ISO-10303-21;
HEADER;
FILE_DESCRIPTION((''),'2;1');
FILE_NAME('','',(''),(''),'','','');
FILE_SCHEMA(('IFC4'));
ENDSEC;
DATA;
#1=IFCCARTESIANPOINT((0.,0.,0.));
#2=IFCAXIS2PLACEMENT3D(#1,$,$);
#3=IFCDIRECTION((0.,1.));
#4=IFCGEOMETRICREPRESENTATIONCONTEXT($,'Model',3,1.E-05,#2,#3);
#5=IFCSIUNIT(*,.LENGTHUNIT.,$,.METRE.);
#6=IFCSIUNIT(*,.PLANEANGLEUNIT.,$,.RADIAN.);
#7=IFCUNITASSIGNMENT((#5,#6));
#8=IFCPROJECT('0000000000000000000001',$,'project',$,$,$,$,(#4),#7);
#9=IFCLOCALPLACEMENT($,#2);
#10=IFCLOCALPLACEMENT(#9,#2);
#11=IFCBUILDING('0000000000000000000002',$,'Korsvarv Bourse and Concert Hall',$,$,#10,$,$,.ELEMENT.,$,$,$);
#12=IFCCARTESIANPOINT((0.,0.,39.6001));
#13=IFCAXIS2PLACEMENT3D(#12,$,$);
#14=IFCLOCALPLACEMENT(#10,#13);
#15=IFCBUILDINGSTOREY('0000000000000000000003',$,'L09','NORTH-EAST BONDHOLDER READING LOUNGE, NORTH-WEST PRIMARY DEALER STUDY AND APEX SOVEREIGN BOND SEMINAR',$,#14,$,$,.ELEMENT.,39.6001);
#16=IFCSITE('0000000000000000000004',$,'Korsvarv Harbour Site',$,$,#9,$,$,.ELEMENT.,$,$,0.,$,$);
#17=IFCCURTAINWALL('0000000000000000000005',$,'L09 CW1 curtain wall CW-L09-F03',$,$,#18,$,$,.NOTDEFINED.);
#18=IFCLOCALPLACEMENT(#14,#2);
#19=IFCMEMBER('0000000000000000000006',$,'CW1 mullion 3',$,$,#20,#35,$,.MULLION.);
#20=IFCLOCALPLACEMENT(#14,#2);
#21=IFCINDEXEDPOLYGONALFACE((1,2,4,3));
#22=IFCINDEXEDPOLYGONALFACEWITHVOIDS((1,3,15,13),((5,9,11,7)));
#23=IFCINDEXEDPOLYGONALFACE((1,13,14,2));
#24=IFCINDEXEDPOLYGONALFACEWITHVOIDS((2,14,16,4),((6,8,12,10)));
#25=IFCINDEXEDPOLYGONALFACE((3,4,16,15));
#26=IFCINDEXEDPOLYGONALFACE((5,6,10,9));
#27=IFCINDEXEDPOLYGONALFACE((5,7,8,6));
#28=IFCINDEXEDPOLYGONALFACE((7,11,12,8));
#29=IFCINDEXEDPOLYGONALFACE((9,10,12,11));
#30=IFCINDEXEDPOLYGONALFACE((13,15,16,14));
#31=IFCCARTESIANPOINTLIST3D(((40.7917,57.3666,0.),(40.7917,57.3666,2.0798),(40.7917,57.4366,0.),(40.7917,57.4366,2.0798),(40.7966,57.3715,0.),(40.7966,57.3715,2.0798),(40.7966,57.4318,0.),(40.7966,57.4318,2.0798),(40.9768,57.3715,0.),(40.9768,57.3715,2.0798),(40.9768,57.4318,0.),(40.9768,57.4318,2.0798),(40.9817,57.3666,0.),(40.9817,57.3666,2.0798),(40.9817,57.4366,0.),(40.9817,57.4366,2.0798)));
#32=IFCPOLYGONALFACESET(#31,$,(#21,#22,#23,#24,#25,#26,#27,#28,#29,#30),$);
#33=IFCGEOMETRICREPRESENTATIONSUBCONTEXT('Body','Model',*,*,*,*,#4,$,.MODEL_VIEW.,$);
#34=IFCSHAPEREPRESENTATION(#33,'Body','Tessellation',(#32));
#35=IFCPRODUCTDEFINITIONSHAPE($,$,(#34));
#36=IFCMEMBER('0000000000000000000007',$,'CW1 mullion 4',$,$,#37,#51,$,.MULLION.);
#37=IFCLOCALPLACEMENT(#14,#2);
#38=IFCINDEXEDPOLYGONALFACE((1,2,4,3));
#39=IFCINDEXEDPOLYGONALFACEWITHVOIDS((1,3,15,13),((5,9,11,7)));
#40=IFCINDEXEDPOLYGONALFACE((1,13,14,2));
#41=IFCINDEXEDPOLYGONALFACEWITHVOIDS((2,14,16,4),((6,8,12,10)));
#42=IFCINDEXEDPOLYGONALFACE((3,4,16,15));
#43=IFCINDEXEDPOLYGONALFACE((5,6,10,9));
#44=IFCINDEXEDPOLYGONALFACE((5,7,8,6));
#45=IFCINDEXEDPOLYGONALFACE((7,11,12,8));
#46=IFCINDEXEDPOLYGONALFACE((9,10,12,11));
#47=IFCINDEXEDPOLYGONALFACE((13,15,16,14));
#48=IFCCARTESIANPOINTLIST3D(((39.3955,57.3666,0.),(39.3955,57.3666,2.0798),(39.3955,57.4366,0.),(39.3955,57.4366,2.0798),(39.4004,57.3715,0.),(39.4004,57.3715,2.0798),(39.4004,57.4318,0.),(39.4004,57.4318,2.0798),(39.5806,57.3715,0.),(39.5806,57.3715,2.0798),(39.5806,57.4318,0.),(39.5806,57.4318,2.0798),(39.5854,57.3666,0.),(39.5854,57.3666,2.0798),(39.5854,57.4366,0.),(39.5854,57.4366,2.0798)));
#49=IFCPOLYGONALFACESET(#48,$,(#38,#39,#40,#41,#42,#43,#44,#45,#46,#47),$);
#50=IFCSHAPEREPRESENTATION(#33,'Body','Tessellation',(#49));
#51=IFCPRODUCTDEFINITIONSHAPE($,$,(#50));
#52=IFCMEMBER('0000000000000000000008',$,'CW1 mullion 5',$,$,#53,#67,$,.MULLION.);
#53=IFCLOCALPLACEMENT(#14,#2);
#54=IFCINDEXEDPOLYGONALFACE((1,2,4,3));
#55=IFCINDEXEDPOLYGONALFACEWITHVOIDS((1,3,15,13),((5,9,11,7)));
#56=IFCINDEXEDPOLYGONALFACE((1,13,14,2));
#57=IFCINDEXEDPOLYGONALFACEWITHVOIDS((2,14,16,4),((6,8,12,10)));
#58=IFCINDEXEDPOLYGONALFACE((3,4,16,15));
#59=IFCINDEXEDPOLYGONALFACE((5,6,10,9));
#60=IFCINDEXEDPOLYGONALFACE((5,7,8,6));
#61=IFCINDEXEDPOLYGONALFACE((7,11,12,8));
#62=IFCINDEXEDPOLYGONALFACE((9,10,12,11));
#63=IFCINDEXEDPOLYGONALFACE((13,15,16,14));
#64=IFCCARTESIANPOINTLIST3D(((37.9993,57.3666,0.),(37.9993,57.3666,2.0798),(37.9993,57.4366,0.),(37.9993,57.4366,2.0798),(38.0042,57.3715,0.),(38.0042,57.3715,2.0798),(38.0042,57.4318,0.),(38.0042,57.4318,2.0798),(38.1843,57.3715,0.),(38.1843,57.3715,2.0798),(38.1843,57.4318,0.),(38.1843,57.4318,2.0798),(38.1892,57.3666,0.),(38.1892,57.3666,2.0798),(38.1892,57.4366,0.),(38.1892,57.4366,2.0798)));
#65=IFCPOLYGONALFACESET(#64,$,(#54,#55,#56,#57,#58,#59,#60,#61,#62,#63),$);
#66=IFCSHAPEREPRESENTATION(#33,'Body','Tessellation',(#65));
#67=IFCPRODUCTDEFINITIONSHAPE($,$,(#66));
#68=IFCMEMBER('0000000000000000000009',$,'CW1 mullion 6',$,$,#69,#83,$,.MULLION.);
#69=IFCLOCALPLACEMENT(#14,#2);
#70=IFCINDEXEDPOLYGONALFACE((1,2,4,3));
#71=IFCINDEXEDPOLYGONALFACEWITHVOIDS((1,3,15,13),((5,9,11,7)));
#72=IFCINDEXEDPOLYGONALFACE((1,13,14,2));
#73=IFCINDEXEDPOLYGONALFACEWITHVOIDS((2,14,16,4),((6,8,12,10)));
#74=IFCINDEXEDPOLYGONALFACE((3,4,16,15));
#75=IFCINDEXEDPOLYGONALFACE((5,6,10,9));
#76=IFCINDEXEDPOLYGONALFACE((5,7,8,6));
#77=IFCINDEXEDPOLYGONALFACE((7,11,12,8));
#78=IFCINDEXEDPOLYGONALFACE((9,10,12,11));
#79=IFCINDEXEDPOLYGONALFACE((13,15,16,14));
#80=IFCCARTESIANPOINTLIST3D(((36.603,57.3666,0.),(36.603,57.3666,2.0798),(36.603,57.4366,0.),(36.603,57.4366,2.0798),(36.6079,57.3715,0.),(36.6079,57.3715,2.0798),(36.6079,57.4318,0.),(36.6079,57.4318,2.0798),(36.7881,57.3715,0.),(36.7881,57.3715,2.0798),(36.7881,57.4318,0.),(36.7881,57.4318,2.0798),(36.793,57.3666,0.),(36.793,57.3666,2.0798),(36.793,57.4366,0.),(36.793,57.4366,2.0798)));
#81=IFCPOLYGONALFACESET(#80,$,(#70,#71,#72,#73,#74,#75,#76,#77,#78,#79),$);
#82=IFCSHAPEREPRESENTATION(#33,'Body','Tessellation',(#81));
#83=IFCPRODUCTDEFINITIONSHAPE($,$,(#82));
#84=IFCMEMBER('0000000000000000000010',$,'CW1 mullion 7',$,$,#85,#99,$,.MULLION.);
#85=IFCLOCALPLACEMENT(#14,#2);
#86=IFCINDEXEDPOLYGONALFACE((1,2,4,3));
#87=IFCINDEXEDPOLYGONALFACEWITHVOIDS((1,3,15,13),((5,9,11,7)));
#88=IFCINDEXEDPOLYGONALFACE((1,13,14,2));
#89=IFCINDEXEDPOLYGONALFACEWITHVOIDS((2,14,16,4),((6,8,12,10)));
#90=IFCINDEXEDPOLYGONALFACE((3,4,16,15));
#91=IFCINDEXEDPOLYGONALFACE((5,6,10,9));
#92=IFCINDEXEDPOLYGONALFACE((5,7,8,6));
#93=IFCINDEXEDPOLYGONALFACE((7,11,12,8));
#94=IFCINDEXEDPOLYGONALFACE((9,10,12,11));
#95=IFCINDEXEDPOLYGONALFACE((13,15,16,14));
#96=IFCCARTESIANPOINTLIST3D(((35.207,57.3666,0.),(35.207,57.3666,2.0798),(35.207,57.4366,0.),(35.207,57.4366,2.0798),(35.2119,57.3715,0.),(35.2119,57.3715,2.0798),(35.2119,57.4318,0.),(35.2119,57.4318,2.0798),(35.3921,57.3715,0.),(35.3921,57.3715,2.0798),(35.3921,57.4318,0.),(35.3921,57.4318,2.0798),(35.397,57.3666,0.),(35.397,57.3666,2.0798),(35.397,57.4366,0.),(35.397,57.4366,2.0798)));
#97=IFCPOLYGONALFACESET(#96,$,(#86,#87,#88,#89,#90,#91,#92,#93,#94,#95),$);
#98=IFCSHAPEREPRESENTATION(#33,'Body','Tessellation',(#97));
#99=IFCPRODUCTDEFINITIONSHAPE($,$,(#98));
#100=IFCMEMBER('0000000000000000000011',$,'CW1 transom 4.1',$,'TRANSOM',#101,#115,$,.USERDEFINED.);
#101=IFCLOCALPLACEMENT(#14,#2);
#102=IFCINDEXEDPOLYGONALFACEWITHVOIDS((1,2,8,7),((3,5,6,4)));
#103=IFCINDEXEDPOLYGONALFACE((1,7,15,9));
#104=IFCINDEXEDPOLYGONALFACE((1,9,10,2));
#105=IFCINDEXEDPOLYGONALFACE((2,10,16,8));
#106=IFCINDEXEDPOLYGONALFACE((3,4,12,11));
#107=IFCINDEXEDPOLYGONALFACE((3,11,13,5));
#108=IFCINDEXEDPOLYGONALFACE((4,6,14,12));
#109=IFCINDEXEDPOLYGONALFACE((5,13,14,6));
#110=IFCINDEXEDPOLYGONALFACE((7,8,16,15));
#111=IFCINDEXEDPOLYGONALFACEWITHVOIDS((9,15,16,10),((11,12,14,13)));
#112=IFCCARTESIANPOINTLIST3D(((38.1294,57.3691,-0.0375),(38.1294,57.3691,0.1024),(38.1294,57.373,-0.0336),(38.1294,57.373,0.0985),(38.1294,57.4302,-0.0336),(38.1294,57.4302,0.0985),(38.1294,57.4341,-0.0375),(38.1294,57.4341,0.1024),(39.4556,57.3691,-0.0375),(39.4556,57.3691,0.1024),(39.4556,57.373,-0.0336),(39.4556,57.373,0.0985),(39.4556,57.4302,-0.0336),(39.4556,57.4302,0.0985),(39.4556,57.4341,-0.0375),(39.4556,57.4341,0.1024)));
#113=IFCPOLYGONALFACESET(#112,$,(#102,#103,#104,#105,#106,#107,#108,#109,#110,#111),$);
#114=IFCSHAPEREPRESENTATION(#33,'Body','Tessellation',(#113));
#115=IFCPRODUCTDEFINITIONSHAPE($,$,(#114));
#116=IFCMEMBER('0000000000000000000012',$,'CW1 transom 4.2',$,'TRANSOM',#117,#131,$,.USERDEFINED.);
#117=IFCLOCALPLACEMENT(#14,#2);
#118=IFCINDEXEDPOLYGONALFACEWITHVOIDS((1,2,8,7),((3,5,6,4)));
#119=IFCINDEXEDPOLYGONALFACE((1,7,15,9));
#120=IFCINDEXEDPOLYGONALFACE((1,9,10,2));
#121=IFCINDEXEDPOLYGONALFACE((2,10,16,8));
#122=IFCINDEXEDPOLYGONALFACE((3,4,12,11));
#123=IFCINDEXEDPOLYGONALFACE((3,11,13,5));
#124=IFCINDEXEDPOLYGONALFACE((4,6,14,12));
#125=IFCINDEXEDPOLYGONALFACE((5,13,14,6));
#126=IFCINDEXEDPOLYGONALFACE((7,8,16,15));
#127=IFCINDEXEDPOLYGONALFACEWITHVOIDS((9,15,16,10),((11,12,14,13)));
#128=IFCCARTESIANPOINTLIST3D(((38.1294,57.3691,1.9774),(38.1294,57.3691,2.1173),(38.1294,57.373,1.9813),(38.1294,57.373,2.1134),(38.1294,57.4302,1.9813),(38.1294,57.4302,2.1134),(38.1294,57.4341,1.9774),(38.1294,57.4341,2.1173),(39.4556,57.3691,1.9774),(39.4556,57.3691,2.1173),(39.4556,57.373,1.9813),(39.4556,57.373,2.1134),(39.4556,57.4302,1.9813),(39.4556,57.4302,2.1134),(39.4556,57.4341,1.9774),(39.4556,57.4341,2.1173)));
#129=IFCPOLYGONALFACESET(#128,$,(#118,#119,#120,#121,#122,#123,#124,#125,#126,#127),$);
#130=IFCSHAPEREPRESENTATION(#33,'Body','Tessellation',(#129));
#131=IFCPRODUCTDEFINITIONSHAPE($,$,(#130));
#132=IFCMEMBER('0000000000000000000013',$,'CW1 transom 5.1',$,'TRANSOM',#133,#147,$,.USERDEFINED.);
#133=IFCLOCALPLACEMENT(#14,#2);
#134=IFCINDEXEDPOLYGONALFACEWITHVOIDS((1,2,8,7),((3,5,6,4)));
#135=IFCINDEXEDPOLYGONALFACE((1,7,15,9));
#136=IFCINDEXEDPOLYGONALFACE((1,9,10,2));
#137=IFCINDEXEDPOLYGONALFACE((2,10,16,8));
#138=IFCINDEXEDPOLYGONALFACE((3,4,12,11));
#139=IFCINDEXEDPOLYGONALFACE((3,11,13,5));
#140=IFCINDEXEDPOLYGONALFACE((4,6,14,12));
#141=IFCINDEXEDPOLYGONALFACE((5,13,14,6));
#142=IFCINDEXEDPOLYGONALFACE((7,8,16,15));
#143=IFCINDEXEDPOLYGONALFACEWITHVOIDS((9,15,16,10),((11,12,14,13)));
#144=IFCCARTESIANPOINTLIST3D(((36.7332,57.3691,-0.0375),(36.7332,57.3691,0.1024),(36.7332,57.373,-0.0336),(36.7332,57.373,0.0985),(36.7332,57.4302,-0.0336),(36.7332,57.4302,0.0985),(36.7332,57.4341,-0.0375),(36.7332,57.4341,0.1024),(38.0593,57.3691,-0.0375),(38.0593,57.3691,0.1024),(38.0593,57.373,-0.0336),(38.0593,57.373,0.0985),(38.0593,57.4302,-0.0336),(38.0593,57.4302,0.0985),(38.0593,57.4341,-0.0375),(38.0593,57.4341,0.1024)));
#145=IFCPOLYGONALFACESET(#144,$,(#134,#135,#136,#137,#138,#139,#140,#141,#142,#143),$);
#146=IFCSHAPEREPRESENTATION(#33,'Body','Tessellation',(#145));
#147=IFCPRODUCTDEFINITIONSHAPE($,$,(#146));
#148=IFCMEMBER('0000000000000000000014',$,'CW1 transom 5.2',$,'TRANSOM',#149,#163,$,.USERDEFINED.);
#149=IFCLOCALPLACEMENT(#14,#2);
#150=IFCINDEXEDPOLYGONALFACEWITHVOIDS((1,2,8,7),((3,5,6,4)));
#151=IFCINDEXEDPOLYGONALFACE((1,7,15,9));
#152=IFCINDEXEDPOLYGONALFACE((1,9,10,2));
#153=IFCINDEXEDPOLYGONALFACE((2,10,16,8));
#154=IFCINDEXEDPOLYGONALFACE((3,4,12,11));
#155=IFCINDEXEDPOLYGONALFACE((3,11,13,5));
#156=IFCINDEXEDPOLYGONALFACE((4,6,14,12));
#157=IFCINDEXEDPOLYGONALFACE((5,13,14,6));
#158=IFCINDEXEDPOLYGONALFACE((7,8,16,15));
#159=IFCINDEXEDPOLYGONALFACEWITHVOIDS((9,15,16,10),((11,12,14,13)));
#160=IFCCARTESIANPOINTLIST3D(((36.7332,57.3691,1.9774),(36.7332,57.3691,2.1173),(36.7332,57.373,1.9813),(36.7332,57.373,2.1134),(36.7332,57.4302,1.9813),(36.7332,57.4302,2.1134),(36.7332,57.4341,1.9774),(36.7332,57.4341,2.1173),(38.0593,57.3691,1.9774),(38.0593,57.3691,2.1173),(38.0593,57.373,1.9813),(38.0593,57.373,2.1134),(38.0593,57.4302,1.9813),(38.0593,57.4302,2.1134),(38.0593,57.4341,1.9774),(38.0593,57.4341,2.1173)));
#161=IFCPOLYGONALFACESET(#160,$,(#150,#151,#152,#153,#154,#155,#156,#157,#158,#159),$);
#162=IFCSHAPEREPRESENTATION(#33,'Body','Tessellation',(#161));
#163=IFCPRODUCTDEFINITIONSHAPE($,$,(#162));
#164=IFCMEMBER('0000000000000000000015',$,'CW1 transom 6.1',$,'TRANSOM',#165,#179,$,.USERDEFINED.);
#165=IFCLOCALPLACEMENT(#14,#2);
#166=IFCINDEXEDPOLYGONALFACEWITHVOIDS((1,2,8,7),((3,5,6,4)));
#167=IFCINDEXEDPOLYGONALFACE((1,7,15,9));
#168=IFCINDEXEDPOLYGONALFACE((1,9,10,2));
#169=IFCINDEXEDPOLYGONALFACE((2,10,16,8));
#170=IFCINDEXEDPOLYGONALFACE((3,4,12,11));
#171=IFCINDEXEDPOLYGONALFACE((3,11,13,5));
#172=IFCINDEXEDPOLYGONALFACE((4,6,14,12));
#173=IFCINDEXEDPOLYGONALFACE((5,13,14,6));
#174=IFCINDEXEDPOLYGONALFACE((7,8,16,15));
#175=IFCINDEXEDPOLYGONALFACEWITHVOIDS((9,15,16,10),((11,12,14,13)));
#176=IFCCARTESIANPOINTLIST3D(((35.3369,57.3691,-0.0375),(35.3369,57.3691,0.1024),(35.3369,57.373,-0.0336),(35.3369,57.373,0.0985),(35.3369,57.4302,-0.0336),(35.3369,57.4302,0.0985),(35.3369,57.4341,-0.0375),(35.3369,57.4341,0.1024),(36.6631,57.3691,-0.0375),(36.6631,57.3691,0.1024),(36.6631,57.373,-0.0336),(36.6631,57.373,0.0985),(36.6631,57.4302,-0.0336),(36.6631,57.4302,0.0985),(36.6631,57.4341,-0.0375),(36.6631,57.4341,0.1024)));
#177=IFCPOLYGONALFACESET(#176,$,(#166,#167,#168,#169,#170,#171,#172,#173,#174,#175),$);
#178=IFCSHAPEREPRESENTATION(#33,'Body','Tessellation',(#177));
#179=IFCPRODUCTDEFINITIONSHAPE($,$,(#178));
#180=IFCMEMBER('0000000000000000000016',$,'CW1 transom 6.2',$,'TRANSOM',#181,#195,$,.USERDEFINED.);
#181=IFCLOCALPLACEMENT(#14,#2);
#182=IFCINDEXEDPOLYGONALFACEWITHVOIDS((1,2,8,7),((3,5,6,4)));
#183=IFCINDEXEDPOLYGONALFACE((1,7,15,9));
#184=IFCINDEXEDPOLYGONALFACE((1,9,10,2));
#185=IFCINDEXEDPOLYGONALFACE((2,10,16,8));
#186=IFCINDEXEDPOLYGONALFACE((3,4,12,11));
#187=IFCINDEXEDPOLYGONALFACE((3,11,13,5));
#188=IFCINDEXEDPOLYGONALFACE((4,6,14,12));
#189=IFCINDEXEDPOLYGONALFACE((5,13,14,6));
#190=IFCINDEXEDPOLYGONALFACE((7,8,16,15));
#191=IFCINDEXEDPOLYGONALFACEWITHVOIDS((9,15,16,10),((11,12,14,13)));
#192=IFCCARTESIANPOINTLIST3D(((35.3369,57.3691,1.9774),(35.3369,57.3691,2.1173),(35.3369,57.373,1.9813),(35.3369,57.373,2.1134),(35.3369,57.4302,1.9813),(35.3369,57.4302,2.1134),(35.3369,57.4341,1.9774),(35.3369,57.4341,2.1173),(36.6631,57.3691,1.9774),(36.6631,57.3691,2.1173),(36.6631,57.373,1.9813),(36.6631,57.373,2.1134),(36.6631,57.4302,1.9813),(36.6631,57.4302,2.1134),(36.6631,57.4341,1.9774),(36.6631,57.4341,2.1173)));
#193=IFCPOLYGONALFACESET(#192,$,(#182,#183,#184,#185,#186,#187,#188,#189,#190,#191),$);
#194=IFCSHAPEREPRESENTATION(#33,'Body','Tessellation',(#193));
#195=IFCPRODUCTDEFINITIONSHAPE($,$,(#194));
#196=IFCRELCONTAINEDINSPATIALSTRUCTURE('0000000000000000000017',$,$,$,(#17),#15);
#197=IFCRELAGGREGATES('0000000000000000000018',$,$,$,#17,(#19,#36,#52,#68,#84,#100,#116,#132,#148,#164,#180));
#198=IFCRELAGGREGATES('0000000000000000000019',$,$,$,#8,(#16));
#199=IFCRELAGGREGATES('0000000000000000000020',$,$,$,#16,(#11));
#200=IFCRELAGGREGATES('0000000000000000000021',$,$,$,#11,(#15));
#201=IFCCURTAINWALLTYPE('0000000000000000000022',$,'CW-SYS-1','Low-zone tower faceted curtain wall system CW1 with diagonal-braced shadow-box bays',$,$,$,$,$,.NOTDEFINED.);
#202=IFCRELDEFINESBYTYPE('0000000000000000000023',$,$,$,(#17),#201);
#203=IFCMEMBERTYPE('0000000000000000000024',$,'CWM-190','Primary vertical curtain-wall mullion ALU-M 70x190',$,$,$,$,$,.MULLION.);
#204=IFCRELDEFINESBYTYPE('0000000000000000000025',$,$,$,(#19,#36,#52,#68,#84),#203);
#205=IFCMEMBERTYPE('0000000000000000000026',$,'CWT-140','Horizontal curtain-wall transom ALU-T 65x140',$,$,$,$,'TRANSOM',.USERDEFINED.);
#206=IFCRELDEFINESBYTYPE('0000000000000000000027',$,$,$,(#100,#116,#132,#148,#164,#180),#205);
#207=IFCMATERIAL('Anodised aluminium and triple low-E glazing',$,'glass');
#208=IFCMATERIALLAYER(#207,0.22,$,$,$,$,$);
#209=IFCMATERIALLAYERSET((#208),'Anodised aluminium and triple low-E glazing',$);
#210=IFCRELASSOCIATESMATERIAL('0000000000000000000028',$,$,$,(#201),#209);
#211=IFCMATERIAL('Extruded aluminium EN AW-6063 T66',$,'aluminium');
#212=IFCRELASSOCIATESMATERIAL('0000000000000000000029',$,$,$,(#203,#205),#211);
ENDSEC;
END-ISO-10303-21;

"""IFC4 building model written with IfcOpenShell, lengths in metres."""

from ifc_helpers import new_model, si_unit, direction, frame, origin, origin_2d, place, context, subcontext, project, spatial, hollow_rectangle, extrude, source, transform, mapped, material, layer, layer_set, material_profile, profile_set, type_object, element, aggregate, save


model = new_model("IFC4")

# Units and contexts
model_context = context("Model", 3, precision=1e-05, world=origin(), true_north=direction((0.0, 1.0)))
body_context = subcontext(model_context, "Body", "Model", "MODEL_VIEW")
ifc_project = project(units=[si_unit("LENGTHUNIT", "METRE"), si_unit("PLANEANGLEUNIT", "RADIAN")], contexts=[model_context])

# Site, building, storey
site_placement = place(None, origin())
site = spatial("IfcSite", under=ifc_project, at=site_placement, Name="Korsvarv Harbour Site", CompositionType="ELEMENT", RefElevation=0.0)
building_placement = place(site_placement, origin())
building = spatial("IfcBuilding", under=site, at=building_placement, Name="Korsvarv Bourse and Concert Hall", CompositionType="ELEMENT")
storey_placement = place(building_placement, frame((0.0, 0.0, 39.6001)))
storey = spatial("IfcBuildingStorey", under=building, at=storey_placement, Name="L09", Description="NORTH-EAST BONDHOLDER READING LOUNGE, NORTH-WEST PRIMARY DEALER STUDY AND APEX SOVEREIGN BOND SEMINAR", CompositionType="ELEMENT", Elevation=39.6001)

# Curtain wall, members
ifc_material_1 = material(Name="Anodised aluminium and triple low-E glazing", Category="glass")
ifc_layer_1 = layer(ifc_material_1, 0.22)
ifc_layer_set_1 = layer_set([ifc_layer_1], Name="Anodised aluminium and triple low-E glazing")
curtain_wall_type = type_object("IfcCurtainWallType", Name="CW-SYS-1", Description="Low-zone tower faceted curtain wall system CW1 with diagonal-braced shadow-box bays", PredefinedType="NOTDEFINED", material=ifc_layer_set_1)
curtain_wall_placement = place(storey_placement, origin())
curtain_wall = element("IfcCurtainWall", 1, at=curtain_wall_placement, inside=storey, type_object=curtain_wall_type, Name="L09 CW1 curtain wall CW-L09-F03", PredefinedType="NOTDEFINED")
ifc_material_2 = material(Name="Extruded aluminium EN AW-6063 T66", Category="aluminium")
ifc_material_profile_1 = material_profile(ifc_material_2, hollow_rectangle(XDim=0.0701, YDim=0.1899, WallThickness=0.0049, at=origin_2d()), Name="ALU-M 70x190")
ifc_profile_set_1 = profile_set([ifc_material_profile_1], Name="Extruded aluminium EN AW-6063 T66")
member_type_1 = type_object("IfcMemberType", Name="CWM-190", Description="Primary vertical curtain-wall mullion ALU-M 70x190", PredefinedType="MULLION", material=ifc_profile_set_1)
shared_shape_1 = source(origin(), body_context, "Body", "SweptSolid", [
    extrude(hollow_rectangle(XDim=0.0701, YDim=0.1899, WallThickness=0.0049, at=origin_2d()), origin(), (0.0, 0.0, 1.0), 2.0798),
])
member_1_placement = place(storey_placement, frame((40.8867, 57.4016, 0.0), z_axis=(0.0, 0.0, 1.0), x_axis=(0.0, -1.0, 0.0)))
member_1 = element("IfcMember", 2, at=member_1_placement, type_object=member_type_1, Name="CW1 mullion 3", PredefinedType="MULLION", context=body_context, shape_type="MappedRepresentation", body=[
    mapped(shared_shape_1, transform((0.0, 0.0, 0.0), scale=1.0)),
])
member_2_placement = place(storey_placement, frame((39.4905, 57.4016, 0.0), z_axis=(0.0, 0.0, 1.0), x_axis=(0.0, -1.0, 0.0)))
member_2 = element("IfcMember", 3, at=member_2_placement, type_object=member_type_1, Name="CW1 mullion 4", PredefinedType="MULLION", context=body_context, shape_type="MappedRepresentation", body=[
    mapped(shared_shape_1, transform((0.0, 0.0, 0.0), scale=1.0)),
])
member_3_placement = place(storey_placement, frame((38.0942, 57.4016, 0.0), z_axis=(0.0, 0.0, 1.0), x_axis=(0.0, -1.0, 0.0)))
member_3 = element("IfcMember", 4, at=member_3_placement, type_object=member_type_1, Name="CW1 mullion 5", PredefinedType="MULLION", context=body_context, shape_type="MappedRepresentation", body=[
    mapped(shared_shape_1, transform((0.0, 0.0, 0.0), scale=1.0)),
])
member_4_placement = place(storey_placement, frame((36.698, 57.4016, 0.0), z_axis=(0.0, 0.0, 1.0), x_axis=(0.0, -1.0, 0.0)))
member_4 = element("IfcMember", 5, at=member_4_placement, type_object=member_type_1, Name="CW1 mullion 6", PredefinedType="MULLION", context=body_context, shape_type="MappedRepresentation", body=[
    mapped(shared_shape_1, transform((0.0, 0.0, 0.0), scale=1.0)),
])
member_5_placement = place(storey_placement, frame((35.302, 57.4016, 0.0), z_axis=(0.0, 0.0, 1.0), x_axis=(0.0, -1.0, 0.0)))
member_5 = element("IfcMember", 6, at=member_5_placement, type_object=member_type_1, Name="CW1 mullion 7", PredefinedType="MULLION", context=body_context, shape_type="MappedRepresentation", body=[
    mapped(shared_shape_1, transform((0.0, 0.0, 0.0), scale=1.0)),
])
ifc_material_profile_2 = material_profile(ifc_material_2, hollow_rectangle(XDim=0.0649, YDim=0.1399, WallThickness=0.0039, at=origin_2d()), Name="ALU-T 65x140")
ifc_profile_set_2 = profile_set([ifc_material_profile_2], Name="Extruded aluminium EN AW-6063 T66")
member_type_2 = type_object("IfcMemberType", Name="CWT-140", Description="Horizontal curtain-wall transom ALU-T 65x140", ElementType="TRANSOM", PredefinedType="USERDEFINED", material=ifc_profile_set_2)
shared_shape_2 = source(origin(), body_context, "Body", "SweptSolid", [
    extrude(hollow_rectangle(XDim=0.0649, YDim=0.1399, WallThickness=0.0039, at=origin_2d()), origin(), (0.0, 0.0, 1.0), 1.3262),
])
member_6_placement = place(storey_placement, frame((39.4556, 57.4016, 0.0325), z_axis=(-1.0, 0.0, 0.0), x_axis=(0.0, -1.0, 0.0)))
member_6 = element("IfcMember", 7, at=member_6_placement, type_object=member_type_2, Name="CW1 transom 4.1", ObjectType="TRANSOM", PredefinedType="USERDEFINED", context=body_context, shape_type="MappedRepresentation", body=[
    mapped(shared_shape_2, transform((0.0, 0.0, 0.0), scale=1.0)),
])
member_7_placement = place(storey_placement, frame((39.4556, 57.4016, 2.0474), z_axis=(-1.0, 0.0, 0.0), x_axis=(0.0, -1.0, 0.0)))
member_7 = element("IfcMember", 8, at=member_7_placement, type_object=member_type_2, Name="CW1 transom 4.2", ObjectType="TRANSOM", PredefinedType="USERDEFINED", context=body_context, shape_type="MappedRepresentation", body=[
    mapped(shared_shape_2, transform((0.0, 0.0, 0.0), scale=1.0)),
])
member_8_placement = place(storey_placement, frame((38.0593, 57.4016, 0.0325), z_axis=(-1.0, 0.0, 0.0), x_axis=(0.0, -1.0, 0.0)))
member_8 = element("IfcMember", 9, at=member_8_placement, type_object=member_type_2, Name="CW1 transom 5.1", ObjectType="TRANSOM", PredefinedType="USERDEFINED", context=body_context, shape_type="MappedRepresentation", body=[
    mapped(shared_shape_2, transform((0.0, 0.0, 0.0), scale=1.0)),
])
member_9_placement = place(storey_placement, frame((38.0593, 57.4016, 2.0474), z_axis=(-1.0, 0.0, 0.0), x_axis=(0.0, -1.0, 0.0)))
member_9 = element("IfcMember", 10, at=member_9_placement, type_object=member_type_2, Name="CW1 transom 5.2", ObjectType="TRANSOM", PredefinedType="USERDEFINED", context=body_context, shape_type="MappedRepresentation", body=[
    mapped(shared_shape_2, transform((0.0, 0.0, 0.0), scale=1.0)),
])
member_10_placement = place(storey_placement, frame((36.6631, 57.4016, 0.0325), z_axis=(-1.0, 0.0, 0.0), x_axis=(0.0, -1.0, 0.0)))
member_10 = element("IfcMember", 11, at=member_10_placement, type_object=member_type_2, Name="CW1 transom 6.1", ObjectType="TRANSOM", PredefinedType="USERDEFINED", context=body_context, shape_type="MappedRepresentation", body=[
    mapped(shared_shape_2, transform((0.0, 0.0, 0.0), scale=1.0)),
])
member_11_placement = place(storey_placement, frame((36.6631, 57.4016, 2.0474), z_axis=(-1.0, 0.0, 0.0), x_axis=(0.0, -1.0, 0.0)))
member_11 = element("IfcMember", 12, at=member_11_placement, type_object=member_type_2, Name="CW1 transom 6.2", ObjectType="TRANSOM", PredefinedType="USERDEFINED", context=body_context, shape_type="MappedRepresentation", body=[
    mapped(shared_shape_2, transform((0.0, 0.0, 0.0), scale=1.0)),
])
aggregate(curtain_wall, [member_1, member_2, member_3, member_4, member_5, member_6, member_7, member_8, member_9, member_10, member_11])

save(model, "model.ifc")
